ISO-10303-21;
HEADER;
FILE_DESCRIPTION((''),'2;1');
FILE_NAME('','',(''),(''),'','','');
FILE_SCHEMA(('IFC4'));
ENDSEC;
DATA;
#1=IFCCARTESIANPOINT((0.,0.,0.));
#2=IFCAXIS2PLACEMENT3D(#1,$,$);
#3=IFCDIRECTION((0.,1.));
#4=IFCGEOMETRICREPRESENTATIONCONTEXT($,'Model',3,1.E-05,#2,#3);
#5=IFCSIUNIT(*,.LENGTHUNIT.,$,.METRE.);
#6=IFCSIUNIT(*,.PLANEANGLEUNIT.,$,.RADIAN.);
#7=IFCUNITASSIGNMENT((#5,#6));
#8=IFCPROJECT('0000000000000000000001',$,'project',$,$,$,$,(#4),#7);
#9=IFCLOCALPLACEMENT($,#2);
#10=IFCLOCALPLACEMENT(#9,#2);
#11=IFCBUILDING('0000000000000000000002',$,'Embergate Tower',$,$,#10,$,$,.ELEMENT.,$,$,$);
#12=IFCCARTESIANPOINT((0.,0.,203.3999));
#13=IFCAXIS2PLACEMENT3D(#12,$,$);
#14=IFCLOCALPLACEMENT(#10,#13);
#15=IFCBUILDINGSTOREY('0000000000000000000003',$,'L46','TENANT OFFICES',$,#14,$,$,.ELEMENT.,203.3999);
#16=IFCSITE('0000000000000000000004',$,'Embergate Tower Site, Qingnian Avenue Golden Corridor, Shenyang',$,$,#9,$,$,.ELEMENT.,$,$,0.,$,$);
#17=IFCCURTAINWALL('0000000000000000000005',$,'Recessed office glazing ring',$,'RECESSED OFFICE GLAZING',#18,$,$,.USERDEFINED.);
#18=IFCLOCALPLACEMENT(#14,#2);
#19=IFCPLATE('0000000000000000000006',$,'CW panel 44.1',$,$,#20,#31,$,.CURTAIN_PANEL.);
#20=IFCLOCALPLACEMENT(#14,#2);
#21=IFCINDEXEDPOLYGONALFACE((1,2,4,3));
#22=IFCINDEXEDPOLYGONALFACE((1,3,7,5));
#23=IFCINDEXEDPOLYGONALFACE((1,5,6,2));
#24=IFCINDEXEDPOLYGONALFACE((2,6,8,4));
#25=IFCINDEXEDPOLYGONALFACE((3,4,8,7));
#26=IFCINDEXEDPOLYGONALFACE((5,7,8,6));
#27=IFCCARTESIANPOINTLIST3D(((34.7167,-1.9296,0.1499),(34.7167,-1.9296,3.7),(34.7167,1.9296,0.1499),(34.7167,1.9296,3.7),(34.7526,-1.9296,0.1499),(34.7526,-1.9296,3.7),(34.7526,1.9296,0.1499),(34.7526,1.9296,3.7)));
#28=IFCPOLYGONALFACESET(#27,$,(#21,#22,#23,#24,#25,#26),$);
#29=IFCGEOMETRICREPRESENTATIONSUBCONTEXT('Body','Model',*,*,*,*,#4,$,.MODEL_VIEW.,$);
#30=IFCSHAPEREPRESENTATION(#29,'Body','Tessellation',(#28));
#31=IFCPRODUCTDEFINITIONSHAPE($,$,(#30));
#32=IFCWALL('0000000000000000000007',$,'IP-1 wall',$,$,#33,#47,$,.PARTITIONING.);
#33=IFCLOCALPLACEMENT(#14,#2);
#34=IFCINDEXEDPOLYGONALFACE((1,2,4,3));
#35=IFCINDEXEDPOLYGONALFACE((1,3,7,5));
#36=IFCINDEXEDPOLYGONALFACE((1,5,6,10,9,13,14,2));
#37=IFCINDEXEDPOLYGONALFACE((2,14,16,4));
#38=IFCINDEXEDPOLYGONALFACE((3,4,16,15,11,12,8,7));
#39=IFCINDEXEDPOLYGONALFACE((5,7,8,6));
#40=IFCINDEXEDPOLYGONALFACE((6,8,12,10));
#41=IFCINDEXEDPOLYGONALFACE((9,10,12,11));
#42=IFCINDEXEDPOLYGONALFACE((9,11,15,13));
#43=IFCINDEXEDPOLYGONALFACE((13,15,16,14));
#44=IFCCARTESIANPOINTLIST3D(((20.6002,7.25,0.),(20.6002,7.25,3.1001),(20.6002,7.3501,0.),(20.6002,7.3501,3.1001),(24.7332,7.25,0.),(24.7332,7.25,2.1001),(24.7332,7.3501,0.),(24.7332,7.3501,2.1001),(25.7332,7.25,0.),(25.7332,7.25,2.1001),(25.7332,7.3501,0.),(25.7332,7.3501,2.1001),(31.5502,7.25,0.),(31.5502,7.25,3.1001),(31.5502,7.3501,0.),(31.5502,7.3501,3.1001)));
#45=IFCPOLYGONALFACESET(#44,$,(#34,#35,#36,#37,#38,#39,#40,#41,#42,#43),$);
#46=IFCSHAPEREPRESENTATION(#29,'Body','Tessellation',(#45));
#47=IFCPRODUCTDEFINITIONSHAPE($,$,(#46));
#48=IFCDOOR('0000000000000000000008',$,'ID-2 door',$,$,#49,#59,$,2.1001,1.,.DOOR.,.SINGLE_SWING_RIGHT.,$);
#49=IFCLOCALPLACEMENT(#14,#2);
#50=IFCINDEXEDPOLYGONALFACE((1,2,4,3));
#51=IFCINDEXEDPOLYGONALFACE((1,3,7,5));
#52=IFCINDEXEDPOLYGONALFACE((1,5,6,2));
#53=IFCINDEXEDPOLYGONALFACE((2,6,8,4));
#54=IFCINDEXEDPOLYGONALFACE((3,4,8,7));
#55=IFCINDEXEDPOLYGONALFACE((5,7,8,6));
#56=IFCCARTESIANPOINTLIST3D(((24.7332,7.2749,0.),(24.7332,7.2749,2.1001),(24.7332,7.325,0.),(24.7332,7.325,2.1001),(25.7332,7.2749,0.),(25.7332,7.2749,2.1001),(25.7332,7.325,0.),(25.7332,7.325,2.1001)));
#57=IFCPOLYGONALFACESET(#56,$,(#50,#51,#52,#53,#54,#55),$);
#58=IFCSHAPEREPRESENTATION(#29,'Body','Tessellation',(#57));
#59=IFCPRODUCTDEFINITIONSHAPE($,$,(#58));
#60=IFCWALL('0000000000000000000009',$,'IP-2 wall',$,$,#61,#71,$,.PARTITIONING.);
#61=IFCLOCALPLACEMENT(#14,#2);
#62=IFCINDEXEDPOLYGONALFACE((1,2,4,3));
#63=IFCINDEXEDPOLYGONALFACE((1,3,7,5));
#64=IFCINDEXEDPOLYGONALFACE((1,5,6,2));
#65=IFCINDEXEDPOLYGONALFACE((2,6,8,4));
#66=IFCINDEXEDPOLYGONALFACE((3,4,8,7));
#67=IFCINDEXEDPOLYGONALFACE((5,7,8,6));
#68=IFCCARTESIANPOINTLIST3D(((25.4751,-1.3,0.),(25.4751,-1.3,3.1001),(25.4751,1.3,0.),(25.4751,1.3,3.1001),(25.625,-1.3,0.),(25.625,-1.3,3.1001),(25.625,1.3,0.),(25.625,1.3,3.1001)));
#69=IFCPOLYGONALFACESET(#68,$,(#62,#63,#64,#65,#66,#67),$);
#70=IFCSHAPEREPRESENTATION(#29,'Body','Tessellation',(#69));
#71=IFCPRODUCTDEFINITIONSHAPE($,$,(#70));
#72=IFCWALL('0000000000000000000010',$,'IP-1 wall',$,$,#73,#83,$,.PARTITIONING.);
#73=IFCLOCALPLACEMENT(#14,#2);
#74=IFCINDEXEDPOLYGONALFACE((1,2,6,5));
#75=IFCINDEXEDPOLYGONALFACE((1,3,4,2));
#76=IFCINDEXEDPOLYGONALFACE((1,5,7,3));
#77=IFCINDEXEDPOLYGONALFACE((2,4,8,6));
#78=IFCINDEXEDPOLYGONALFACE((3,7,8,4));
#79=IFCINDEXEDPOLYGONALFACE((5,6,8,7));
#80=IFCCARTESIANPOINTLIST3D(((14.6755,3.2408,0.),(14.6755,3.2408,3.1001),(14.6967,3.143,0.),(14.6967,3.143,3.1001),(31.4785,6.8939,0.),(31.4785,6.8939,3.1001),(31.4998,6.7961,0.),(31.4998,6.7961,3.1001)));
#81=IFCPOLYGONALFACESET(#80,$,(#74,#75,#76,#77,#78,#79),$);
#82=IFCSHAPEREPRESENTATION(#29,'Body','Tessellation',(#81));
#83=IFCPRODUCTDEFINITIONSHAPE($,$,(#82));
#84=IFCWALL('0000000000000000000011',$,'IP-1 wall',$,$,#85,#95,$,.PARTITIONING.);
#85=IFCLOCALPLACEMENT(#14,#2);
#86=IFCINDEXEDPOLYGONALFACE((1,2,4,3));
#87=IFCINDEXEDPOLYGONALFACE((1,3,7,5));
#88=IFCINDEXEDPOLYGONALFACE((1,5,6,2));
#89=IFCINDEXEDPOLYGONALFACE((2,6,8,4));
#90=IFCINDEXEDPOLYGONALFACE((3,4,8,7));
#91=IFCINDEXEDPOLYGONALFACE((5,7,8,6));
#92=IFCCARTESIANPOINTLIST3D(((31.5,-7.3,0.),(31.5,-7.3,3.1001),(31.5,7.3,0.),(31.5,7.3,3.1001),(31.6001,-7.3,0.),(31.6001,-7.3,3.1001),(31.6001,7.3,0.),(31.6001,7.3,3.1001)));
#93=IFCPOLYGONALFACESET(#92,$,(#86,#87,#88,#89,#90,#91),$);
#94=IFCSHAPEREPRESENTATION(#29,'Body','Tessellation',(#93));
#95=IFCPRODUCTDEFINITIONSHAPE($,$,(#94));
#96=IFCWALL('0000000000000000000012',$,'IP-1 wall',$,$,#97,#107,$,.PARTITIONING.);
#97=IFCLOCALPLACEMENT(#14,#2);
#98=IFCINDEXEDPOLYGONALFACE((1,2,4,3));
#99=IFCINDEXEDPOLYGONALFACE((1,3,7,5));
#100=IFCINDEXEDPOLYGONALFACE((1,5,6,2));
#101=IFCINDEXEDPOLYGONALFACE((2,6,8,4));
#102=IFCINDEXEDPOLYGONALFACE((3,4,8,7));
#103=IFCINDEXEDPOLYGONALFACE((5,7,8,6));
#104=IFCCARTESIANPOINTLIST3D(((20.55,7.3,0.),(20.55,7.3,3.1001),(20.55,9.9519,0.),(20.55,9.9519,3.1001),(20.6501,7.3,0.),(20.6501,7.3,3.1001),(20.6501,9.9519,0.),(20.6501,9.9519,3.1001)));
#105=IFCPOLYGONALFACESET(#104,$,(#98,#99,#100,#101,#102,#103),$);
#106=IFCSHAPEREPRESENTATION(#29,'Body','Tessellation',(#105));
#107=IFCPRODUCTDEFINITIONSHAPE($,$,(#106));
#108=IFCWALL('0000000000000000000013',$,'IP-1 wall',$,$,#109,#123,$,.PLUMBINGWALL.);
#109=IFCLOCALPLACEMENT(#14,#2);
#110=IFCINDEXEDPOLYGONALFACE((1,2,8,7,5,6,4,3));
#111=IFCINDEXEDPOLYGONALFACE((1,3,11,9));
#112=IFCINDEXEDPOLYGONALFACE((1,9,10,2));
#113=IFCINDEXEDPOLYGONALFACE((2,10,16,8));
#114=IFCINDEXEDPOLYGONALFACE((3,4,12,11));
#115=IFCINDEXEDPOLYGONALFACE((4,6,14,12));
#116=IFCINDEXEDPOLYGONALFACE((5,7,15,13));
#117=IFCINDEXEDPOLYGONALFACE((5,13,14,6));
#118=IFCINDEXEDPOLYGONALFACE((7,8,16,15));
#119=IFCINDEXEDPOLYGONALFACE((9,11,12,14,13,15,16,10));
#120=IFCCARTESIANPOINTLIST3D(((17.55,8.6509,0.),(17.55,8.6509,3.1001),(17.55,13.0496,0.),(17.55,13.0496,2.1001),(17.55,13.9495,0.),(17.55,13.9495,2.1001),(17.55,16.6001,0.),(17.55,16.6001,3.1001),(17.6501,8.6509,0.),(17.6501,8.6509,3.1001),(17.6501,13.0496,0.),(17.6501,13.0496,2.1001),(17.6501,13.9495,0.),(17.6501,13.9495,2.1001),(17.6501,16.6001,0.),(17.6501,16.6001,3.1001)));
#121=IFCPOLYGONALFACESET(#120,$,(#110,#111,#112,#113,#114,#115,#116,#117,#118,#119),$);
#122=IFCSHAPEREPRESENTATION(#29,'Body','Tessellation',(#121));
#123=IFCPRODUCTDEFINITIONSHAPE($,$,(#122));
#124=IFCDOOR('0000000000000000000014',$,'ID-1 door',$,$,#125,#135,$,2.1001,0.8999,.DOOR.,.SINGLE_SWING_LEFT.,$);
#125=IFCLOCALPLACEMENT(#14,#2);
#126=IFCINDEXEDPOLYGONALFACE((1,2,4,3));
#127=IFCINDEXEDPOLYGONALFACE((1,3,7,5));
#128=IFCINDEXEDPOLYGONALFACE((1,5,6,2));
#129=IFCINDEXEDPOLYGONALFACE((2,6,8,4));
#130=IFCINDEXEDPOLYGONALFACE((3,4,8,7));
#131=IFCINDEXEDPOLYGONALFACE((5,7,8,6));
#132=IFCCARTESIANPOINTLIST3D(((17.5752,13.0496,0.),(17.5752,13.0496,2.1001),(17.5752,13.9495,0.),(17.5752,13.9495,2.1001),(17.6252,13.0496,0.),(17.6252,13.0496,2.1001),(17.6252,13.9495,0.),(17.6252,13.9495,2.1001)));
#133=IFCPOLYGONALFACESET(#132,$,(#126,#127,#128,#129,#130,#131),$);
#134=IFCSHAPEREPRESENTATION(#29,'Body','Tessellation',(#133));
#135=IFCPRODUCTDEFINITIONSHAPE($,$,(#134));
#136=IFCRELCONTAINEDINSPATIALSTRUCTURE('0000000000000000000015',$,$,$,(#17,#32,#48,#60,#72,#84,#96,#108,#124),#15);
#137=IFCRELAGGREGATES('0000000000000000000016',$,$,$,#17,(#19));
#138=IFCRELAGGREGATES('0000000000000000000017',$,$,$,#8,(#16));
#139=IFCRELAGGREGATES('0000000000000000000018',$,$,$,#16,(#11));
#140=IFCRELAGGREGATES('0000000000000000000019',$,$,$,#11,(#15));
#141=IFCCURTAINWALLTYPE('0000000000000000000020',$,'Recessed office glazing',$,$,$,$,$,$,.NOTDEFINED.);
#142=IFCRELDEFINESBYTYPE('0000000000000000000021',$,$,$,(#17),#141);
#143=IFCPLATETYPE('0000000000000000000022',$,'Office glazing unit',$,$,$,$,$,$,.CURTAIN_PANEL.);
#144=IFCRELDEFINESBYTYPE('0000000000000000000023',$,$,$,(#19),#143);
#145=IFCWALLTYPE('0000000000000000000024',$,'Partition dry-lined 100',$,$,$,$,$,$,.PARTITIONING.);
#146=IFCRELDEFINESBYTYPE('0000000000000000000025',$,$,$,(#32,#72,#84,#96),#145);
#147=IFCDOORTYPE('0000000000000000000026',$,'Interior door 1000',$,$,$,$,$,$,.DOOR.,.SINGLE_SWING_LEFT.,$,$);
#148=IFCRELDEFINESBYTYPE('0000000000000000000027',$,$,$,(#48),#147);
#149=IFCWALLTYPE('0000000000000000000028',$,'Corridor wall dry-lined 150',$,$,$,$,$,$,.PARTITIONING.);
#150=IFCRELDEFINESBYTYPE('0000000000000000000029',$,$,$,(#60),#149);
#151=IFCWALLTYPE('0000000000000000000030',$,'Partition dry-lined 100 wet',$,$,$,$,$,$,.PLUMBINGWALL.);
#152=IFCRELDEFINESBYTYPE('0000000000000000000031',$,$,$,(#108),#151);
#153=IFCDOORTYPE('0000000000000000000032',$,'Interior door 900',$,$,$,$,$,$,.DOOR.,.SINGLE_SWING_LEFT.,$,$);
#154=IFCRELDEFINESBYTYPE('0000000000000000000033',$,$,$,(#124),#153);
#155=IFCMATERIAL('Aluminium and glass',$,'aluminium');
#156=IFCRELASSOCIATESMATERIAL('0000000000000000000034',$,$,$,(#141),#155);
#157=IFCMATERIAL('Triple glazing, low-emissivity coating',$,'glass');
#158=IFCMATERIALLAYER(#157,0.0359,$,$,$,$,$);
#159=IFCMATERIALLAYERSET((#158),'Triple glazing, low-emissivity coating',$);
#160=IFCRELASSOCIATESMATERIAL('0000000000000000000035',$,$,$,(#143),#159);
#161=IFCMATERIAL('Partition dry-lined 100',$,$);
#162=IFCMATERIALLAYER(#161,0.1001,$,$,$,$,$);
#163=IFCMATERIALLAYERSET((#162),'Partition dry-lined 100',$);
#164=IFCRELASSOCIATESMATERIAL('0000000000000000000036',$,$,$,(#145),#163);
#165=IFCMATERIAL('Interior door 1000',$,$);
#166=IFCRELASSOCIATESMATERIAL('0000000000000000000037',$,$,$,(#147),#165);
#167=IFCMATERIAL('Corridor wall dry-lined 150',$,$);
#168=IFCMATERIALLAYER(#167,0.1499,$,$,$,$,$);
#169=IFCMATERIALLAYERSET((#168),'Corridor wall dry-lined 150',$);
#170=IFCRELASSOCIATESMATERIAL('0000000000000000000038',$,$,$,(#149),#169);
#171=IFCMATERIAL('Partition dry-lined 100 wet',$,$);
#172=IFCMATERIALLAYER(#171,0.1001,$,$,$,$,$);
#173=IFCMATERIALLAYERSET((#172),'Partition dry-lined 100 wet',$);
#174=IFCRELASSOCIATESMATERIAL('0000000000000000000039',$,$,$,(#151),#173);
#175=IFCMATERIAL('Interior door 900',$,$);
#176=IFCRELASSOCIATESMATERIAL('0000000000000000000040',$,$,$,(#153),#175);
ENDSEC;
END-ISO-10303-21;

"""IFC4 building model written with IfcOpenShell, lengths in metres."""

from ifc_helpers import new_model, si_unit, direction, frame, frame_2d, origin, origin_2d, place, context, subcontext, project, spatial, rectangle, extrude, source, transform, mapped, material, layer, layer_set, type_object, element, fill, aggregate, save


model = new_model("IFC4")

# Units and contexts
model_context = context("Model", 3, precision=1e-05, world=origin(), true_north=direction((0.0, 1.0)))
body_context = subcontext(model_context, "Body", "Model", "MODEL_VIEW")
ifc_project = project(units=[si_unit("LENGTHUNIT", "METRE"), si_unit("PLANEANGLEUNIT", "RADIAN")], contexts=[model_context])

# Site, building, storey
site_placement = place(None, origin())
site = spatial("IfcSite", under=ifc_project, at=site_placement, Name="Embergate Tower Site, Qingnian Avenue Golden Corridor, Shenyang", CompositionType="ELEMENT", RefElevation=0.0)
building_placement = place(site_placement, origin())
building = spatial("IfcBuilding", under=site, at=building_placement, Name="Embergate Tower", CompositionType="ELEMENT")
storey_placement = place(building_placement, frame((0.0, 0.0, 203.3999)))
storey = spatial("IfcBuildingStorey", under=building, at=storey_placement, Name="L46", Description="TENANT OFFICES", CompositionType="ELEMENT", Elevation=203.3999)

# Curtain wall, plate
ifc_material_1 = material(Name="Aluminium and glass", Category="aluminium")
curtain_wall_type = type_object("IfcCurtainWallType", Name="Recessed office glazing", PredefinedType="NOTDEFINED", material=ifc_material_1)
curtain_wall_placement = place(storey_placement, origin())
curtain_wall = element("IfcCurtainWall", 1, at=curtain_wall_placement, inside=storey, type_object=curtain_wall_type, Name="Recessed office glazing ring", ObjectType="RECESSED OFFICE GLAZING", PredefinedType="USERDEFINED")
ifc_material_2 = material(Name="Triple glazing, low-emissivity coating", Category="glass")
ifc_layer_1 = layer(ifc_material_2, 0.0359)
ifc_layer_set_1 = layer_set([ifc_layer_1], Name="Triple glazing, low-emissivity coating")
plate_type = type_object("IfcPlateType", Name="Office glazing unit", PredefinedType="CURTAIN_PANEL", material=ifc_layer_set_1)
shared_shape_1 = source(origin(), body_context, "Body", "SweptSolid", [
    extrude(rectangle(XDim=3.8591, YDim=0.0359, at=origin_2d()), origin(), (0.0, 0.0, 1.0), 3.55),
])
plate_1_placement = place(storey_placement, frame((34.7346, 0.0, 0.1499), z_axis=(0.0, 0.0, 1.0), x_axis=(0.0, 1.0, 0.0)))
plate_1 = element("IfcPlate", 2, at=plate_1_placement, type_object=plate_type, Name="CW panel 44.1", PredefinedType="CURTAIN_PANEL", context=body_context, shape_type="MappedRepresentation", body=[
    mapped(shared_shape_1, transform((0.0, 0.0, 0.0))),
])
aggregate(curtain_wall, [plate_1])

# Wall, opening, door
ifc_material_3 = material(Name="Partition dry-lined 100")
ifc_layer_2 = layer(ifc_material_3, 0.1001)
ifc_layer_set_2 = layer_set([ifc_layer_2], Name="Partition dry-lined 100")
wall_type_1 = type_object("IfcWallType", Name="Partition dry-lined 100", PredefinedType="PARTITIONING", material=ifc_layer_set_2)
shared_shape_2 = source(origin(), body_context, "Body", "SweptSolid", [
    extrude(rectangle(XDim=10.95, YDim=0.1001, at=frame_2d((5.4751, 0.0))), origin(), (0.0, 0.0, 1.0), 3.1001),
])
wall_1_placement = place(storey_placement, frame((20.6001, 7.3, 0.0), z_axis=(0.0, 0.0, 1.0), x_axis=(1.0, 0.0, 0.0)))
wall_1 = element("IfcWall", 3, at=wall_1_placement, inside=storey, type_object=wall_type_1, Name="IP-1 wall", PredefinedType="PARTITIONING", context=body_context, shape_type="MappedRepresentation", body=[
    mapped(shared_shape_2, transform((0.0, 0.0, 0.0))),
])
shared_shape_3 = source(origin(), body_context, "Body", "SweptSolid", [
    extrude(rectangle(XDim=1.0, YDim=2.1001, at=frame_2d((0.5, 1.05))), frame((0.0, 0.0601, 0.0), z_axis=(0.0, -1.0, 0.0), x_axis=(1.0, 0.0, 0.0)), (0.0, 0.0, 1.0), 0.1201),
])
opening_1_placement = place(wall_1_placement, frame((4.1331, 0.0, 0.0)))
opening_1 = element("IfcOpeningElement", 4, at=opening_1_placement, cuts=wall_1, PredefinedType="OPENING", context=body_context, shape_type="MappedRepresentation", body=[
    mapped(shared_shape_3, transform((0.0, 0.0, 0.0))),
])
ifc_material_4 = material(Name="Interior door 1000")
door_type_1 = type_object("IfcDoorType", Name="Interior door 1000", OperationType="SINGLE_SWING_LEFT", PredefinedType="DOOR", material=ifc_material_4)
shared_shape_4 = source(origin(), body_context, "Body", "SweptSolid", [
    extrude(rectangle(XDim=1.0, YDim=2.1001, at=frame_2d((0.5, 1.05))), frame((0.0, 0.0249, 0.0), z_axis=(0.0, -1.0, 0.0), x_axis=(1.0, 0.0, 0.0)), (0.0, 0.0, 1.0), 0.05),
])
door_1_placement = place(opening_1_placement, origin())
door_1 = element("IfcDoor", 5, at=door_1_placement, inside=storey, type_object=door_type_1, Name="ID-2 door", OperationType="SINGLE_SWING_RIGHT", OverallHeight=2.1001, OverallWidth=1.0, PredefinedType="DOOR", context=body_context, shape_type="MappedRepresentation", body=[
    mapped(shared_shape_4, transform((0.0, 0.0, 0.0))),
])
fill(opening_1, door_1)

# Walls
ifc_material_5 = material(Name="Corridor wall dry-lined 150")
ifc_layer_3 = layer(ifc_material_5, 0.1499)
ifc_layer_set_3 = layer_set([ifc_layer_3], Name="Corridor wall dry-lined 150")
wall_type_2 = type_object("IfcWallType", Name="Corridor wall dry-lined 150", PredefinedType="PARTITIONING", material=ifc_layer_set_3)
shared_shape_5 = source(origin(), body_context, "Body", "SweptSolid", [
    extrude(rectangle(XDim=2.6001, YDim=0.1499, at=frame_2d((1.3, 0.0))), origin(), (0.0, 0.0, 1.0), 3.1001),
])
wall_2_placement = place(storey_placement, frame((25.55, 1.3, 0.0), z_axis=(0.0, 0.0, 1.0), x_axis=(0.0, -1.0, 0.0)))
element("IfcWall", 6, at=wall_2_placement, inside=storey, type_object=wall_type_2, Name="IP-2 wall", PredefinedType="PARTITIONING", context=body_context, shape_type="MappedRepresentation", body=[
    mapped(shared_shape_5, transform((0.0, 0.0, 0.0))),
])
shared_shape_6 = source(origin(), body_context, "Body", "SweptSolid", [
    extrude(rectangle(XDim=17.1956, YDim=0.1001, at=frame_2d((8.5977, 0.0))), origin(), (0.0, 0.0, 1.0), 3.1001),
])
wall_3_placement = place(storey_placement, frame((31.489, 6.845, 0.0), z_axis=(0.0, 0.0, 1.0), x_axis=(-0.977173, -0.212444, 0.0)))
element("IfcWall", 7, at=wall_3_placement, inside=storey, type_object=wall_type_1, Name="IP-1 wall", PredefinedType="PARTITIONING", context=body_context, shape_type="MappedRepresentation", body=[
    mapped(shared_shape_6, transform((0.0, 0.0, 0.0))),
])
shared_shape_7 = source(origin(), body_context, "Body", "SweptSolid", [
    extrude(rectangle(XDim=14.6001, YDim=0.1001, at=frame_2d((7.3, 0.0))), origin(), (0.0, 0.0, 1.0), 3.1001),
])
wall_4_placement = place(storey_placement, frame((31.55, 7.3, 0.0), z_axis=(0.0, 0.0, 1.0), x_axis=(0.0, -1.0, 0.0)))
element("IfcWall", 8, at=wall_4_placement, inside=storey, type_object=wall_type_1, Name="IP-1 wall", PredefinedType="PARTITIONING", context=body_context, shape_type="MappedRepresentation", body=[
    mapped(shared_shape_7, transform((0.0, 0.0, 0.0))),
])
shared_shape_8 = source(origin(), body_context, "Body", "SweptSolid", [
    extrude(rectangle(XDim=2.6519, YDim=0.1001, at=frame_2d((1.3259, 0.0))), origin(), (0.0, 0.0, 1.0), 3.1001),
])
wall_5_placement = place(storey_placement, frame((20.6001, 9.9519, 0.0), z_axis=(0.0, 0.0, 1.0), x_axis=(0.0, -1.0, 0.0)))
element("IfcWall", 9, at=wall_5_placement, inside=storey, type_object=wall_type_1, Name="IP-1 wall", PredefinedType="PARTITIONING", context=body_context, shape_type="MappedRepresentation", body=[
    mapped(shared_shape_8, transform((0.0, 0.0, 0.0))),
])

# Wall, opening, door
ifc_material_6 = material(Name="Partition dry-lined 100 wet")
ifc_layer_4 = layer(ifc_material_6, 0.1001)
ifc_layer_set_4 = layer_set([ifc_layer_4], Name="Partition dry-lined 100 wet")
wall_type_3 = type_object("IfcWallType", Name="Partition dry-lined 100 wet", PredefinedType="PLUMBINGWALL", material=ifc_layer_set_4)
shared_shape_9 = source(origin(), body_context, "Body", "SweptSolid", [
    extrude(rectangle(XDim=7.9492, YDim=0.1001, at=frame_2d((3.9746, 0.0))), origin(), (0.0, 0.0, 1.0), 3.1001),
])
wall_6_placement = place(storey_placement, frame((17.6001, 8.6509, 0.0), z_axis=(0.0, 0.0, 1.0), x_axis=(0.0, 1.0, 0.0)))
wall_6 = element("IfcWall", 10, at=wall_6_placement, inside=storey, type_object=wall_type_3, Name="IP-1 wall", PredefinedType="PLUMBINGWALL", context=body_context, shape_type="MappedRepresentation", body=[
    mapped(shared_shape_9, transform((0.0, 0.0, 0.0))),
])
shared_shape_10 = source(origin(), body_context, "Body", "SweptSolid", [
    extrude(rectangle(XDim=0.8999, YDim=2.1001, at=frame_2d((0.45, 1.05))), frame((0.0, 0.0601, 0.0), z_axis=(0.0, -1.0, 0.0), x_axis=(1.0, 0.0, 0.0)), (0.0, 0.0, 1.0), 0.1201),
])
opening_2_placement = place(wall_6_placement, frame((4.3987, 0.0, 0.0)))
opening_2 = element("IfcOpeningElement", 11, at=opening_2_placement, cuts=wall_6, PredefinedType="OPENING", context=body_context, shape_type="MappedRepresentation", body=[
    mapped(shared_shape_10, transform((0.0, 0.0, 0.0))),
])
ifc_material_7 = material(Name="Interior door 900")
door_type_2 = type_object("IfcDoorType", Name="Interior door 900", OperationType="SINGLE_SWING_LEFT", PredefinedType="DOOR", material=ifc_material_7)
shared_shape_11 = source(origin(), body_context, "Body", "SweptSolid", [
    extrude(rectangle(XDim=0.8999, YDim=2.1001, at=frame_2d((0.45, 1.05))), frame((0.0, 0.0249, 0.0), z_axis=(0.0, -1.0, 0.0), x_axis=(1.0, 0.0, 0.0)), (0.0, 0.0, 1.0), 0.05),
])
door_2_placement = place(opening_2_placement, origin())
door_2 = element("IfcDoor", 12, at=door_2_placement, inside=storey, type_object=door_type_2, Name="ID-1 door", OperationType="SINGLE_SWING_LEFT", OverallHeight=2.1001, OverallWidth=0.8999, PredefinedType="DOOR", context=body_context, shape_type="MappedRepresentation", body=[
    mapped(shared_shape_11, transform((0.0, 0.0, 0.0))),
])
fill(opening_2, door_2)

save(model, "model.ifc")
